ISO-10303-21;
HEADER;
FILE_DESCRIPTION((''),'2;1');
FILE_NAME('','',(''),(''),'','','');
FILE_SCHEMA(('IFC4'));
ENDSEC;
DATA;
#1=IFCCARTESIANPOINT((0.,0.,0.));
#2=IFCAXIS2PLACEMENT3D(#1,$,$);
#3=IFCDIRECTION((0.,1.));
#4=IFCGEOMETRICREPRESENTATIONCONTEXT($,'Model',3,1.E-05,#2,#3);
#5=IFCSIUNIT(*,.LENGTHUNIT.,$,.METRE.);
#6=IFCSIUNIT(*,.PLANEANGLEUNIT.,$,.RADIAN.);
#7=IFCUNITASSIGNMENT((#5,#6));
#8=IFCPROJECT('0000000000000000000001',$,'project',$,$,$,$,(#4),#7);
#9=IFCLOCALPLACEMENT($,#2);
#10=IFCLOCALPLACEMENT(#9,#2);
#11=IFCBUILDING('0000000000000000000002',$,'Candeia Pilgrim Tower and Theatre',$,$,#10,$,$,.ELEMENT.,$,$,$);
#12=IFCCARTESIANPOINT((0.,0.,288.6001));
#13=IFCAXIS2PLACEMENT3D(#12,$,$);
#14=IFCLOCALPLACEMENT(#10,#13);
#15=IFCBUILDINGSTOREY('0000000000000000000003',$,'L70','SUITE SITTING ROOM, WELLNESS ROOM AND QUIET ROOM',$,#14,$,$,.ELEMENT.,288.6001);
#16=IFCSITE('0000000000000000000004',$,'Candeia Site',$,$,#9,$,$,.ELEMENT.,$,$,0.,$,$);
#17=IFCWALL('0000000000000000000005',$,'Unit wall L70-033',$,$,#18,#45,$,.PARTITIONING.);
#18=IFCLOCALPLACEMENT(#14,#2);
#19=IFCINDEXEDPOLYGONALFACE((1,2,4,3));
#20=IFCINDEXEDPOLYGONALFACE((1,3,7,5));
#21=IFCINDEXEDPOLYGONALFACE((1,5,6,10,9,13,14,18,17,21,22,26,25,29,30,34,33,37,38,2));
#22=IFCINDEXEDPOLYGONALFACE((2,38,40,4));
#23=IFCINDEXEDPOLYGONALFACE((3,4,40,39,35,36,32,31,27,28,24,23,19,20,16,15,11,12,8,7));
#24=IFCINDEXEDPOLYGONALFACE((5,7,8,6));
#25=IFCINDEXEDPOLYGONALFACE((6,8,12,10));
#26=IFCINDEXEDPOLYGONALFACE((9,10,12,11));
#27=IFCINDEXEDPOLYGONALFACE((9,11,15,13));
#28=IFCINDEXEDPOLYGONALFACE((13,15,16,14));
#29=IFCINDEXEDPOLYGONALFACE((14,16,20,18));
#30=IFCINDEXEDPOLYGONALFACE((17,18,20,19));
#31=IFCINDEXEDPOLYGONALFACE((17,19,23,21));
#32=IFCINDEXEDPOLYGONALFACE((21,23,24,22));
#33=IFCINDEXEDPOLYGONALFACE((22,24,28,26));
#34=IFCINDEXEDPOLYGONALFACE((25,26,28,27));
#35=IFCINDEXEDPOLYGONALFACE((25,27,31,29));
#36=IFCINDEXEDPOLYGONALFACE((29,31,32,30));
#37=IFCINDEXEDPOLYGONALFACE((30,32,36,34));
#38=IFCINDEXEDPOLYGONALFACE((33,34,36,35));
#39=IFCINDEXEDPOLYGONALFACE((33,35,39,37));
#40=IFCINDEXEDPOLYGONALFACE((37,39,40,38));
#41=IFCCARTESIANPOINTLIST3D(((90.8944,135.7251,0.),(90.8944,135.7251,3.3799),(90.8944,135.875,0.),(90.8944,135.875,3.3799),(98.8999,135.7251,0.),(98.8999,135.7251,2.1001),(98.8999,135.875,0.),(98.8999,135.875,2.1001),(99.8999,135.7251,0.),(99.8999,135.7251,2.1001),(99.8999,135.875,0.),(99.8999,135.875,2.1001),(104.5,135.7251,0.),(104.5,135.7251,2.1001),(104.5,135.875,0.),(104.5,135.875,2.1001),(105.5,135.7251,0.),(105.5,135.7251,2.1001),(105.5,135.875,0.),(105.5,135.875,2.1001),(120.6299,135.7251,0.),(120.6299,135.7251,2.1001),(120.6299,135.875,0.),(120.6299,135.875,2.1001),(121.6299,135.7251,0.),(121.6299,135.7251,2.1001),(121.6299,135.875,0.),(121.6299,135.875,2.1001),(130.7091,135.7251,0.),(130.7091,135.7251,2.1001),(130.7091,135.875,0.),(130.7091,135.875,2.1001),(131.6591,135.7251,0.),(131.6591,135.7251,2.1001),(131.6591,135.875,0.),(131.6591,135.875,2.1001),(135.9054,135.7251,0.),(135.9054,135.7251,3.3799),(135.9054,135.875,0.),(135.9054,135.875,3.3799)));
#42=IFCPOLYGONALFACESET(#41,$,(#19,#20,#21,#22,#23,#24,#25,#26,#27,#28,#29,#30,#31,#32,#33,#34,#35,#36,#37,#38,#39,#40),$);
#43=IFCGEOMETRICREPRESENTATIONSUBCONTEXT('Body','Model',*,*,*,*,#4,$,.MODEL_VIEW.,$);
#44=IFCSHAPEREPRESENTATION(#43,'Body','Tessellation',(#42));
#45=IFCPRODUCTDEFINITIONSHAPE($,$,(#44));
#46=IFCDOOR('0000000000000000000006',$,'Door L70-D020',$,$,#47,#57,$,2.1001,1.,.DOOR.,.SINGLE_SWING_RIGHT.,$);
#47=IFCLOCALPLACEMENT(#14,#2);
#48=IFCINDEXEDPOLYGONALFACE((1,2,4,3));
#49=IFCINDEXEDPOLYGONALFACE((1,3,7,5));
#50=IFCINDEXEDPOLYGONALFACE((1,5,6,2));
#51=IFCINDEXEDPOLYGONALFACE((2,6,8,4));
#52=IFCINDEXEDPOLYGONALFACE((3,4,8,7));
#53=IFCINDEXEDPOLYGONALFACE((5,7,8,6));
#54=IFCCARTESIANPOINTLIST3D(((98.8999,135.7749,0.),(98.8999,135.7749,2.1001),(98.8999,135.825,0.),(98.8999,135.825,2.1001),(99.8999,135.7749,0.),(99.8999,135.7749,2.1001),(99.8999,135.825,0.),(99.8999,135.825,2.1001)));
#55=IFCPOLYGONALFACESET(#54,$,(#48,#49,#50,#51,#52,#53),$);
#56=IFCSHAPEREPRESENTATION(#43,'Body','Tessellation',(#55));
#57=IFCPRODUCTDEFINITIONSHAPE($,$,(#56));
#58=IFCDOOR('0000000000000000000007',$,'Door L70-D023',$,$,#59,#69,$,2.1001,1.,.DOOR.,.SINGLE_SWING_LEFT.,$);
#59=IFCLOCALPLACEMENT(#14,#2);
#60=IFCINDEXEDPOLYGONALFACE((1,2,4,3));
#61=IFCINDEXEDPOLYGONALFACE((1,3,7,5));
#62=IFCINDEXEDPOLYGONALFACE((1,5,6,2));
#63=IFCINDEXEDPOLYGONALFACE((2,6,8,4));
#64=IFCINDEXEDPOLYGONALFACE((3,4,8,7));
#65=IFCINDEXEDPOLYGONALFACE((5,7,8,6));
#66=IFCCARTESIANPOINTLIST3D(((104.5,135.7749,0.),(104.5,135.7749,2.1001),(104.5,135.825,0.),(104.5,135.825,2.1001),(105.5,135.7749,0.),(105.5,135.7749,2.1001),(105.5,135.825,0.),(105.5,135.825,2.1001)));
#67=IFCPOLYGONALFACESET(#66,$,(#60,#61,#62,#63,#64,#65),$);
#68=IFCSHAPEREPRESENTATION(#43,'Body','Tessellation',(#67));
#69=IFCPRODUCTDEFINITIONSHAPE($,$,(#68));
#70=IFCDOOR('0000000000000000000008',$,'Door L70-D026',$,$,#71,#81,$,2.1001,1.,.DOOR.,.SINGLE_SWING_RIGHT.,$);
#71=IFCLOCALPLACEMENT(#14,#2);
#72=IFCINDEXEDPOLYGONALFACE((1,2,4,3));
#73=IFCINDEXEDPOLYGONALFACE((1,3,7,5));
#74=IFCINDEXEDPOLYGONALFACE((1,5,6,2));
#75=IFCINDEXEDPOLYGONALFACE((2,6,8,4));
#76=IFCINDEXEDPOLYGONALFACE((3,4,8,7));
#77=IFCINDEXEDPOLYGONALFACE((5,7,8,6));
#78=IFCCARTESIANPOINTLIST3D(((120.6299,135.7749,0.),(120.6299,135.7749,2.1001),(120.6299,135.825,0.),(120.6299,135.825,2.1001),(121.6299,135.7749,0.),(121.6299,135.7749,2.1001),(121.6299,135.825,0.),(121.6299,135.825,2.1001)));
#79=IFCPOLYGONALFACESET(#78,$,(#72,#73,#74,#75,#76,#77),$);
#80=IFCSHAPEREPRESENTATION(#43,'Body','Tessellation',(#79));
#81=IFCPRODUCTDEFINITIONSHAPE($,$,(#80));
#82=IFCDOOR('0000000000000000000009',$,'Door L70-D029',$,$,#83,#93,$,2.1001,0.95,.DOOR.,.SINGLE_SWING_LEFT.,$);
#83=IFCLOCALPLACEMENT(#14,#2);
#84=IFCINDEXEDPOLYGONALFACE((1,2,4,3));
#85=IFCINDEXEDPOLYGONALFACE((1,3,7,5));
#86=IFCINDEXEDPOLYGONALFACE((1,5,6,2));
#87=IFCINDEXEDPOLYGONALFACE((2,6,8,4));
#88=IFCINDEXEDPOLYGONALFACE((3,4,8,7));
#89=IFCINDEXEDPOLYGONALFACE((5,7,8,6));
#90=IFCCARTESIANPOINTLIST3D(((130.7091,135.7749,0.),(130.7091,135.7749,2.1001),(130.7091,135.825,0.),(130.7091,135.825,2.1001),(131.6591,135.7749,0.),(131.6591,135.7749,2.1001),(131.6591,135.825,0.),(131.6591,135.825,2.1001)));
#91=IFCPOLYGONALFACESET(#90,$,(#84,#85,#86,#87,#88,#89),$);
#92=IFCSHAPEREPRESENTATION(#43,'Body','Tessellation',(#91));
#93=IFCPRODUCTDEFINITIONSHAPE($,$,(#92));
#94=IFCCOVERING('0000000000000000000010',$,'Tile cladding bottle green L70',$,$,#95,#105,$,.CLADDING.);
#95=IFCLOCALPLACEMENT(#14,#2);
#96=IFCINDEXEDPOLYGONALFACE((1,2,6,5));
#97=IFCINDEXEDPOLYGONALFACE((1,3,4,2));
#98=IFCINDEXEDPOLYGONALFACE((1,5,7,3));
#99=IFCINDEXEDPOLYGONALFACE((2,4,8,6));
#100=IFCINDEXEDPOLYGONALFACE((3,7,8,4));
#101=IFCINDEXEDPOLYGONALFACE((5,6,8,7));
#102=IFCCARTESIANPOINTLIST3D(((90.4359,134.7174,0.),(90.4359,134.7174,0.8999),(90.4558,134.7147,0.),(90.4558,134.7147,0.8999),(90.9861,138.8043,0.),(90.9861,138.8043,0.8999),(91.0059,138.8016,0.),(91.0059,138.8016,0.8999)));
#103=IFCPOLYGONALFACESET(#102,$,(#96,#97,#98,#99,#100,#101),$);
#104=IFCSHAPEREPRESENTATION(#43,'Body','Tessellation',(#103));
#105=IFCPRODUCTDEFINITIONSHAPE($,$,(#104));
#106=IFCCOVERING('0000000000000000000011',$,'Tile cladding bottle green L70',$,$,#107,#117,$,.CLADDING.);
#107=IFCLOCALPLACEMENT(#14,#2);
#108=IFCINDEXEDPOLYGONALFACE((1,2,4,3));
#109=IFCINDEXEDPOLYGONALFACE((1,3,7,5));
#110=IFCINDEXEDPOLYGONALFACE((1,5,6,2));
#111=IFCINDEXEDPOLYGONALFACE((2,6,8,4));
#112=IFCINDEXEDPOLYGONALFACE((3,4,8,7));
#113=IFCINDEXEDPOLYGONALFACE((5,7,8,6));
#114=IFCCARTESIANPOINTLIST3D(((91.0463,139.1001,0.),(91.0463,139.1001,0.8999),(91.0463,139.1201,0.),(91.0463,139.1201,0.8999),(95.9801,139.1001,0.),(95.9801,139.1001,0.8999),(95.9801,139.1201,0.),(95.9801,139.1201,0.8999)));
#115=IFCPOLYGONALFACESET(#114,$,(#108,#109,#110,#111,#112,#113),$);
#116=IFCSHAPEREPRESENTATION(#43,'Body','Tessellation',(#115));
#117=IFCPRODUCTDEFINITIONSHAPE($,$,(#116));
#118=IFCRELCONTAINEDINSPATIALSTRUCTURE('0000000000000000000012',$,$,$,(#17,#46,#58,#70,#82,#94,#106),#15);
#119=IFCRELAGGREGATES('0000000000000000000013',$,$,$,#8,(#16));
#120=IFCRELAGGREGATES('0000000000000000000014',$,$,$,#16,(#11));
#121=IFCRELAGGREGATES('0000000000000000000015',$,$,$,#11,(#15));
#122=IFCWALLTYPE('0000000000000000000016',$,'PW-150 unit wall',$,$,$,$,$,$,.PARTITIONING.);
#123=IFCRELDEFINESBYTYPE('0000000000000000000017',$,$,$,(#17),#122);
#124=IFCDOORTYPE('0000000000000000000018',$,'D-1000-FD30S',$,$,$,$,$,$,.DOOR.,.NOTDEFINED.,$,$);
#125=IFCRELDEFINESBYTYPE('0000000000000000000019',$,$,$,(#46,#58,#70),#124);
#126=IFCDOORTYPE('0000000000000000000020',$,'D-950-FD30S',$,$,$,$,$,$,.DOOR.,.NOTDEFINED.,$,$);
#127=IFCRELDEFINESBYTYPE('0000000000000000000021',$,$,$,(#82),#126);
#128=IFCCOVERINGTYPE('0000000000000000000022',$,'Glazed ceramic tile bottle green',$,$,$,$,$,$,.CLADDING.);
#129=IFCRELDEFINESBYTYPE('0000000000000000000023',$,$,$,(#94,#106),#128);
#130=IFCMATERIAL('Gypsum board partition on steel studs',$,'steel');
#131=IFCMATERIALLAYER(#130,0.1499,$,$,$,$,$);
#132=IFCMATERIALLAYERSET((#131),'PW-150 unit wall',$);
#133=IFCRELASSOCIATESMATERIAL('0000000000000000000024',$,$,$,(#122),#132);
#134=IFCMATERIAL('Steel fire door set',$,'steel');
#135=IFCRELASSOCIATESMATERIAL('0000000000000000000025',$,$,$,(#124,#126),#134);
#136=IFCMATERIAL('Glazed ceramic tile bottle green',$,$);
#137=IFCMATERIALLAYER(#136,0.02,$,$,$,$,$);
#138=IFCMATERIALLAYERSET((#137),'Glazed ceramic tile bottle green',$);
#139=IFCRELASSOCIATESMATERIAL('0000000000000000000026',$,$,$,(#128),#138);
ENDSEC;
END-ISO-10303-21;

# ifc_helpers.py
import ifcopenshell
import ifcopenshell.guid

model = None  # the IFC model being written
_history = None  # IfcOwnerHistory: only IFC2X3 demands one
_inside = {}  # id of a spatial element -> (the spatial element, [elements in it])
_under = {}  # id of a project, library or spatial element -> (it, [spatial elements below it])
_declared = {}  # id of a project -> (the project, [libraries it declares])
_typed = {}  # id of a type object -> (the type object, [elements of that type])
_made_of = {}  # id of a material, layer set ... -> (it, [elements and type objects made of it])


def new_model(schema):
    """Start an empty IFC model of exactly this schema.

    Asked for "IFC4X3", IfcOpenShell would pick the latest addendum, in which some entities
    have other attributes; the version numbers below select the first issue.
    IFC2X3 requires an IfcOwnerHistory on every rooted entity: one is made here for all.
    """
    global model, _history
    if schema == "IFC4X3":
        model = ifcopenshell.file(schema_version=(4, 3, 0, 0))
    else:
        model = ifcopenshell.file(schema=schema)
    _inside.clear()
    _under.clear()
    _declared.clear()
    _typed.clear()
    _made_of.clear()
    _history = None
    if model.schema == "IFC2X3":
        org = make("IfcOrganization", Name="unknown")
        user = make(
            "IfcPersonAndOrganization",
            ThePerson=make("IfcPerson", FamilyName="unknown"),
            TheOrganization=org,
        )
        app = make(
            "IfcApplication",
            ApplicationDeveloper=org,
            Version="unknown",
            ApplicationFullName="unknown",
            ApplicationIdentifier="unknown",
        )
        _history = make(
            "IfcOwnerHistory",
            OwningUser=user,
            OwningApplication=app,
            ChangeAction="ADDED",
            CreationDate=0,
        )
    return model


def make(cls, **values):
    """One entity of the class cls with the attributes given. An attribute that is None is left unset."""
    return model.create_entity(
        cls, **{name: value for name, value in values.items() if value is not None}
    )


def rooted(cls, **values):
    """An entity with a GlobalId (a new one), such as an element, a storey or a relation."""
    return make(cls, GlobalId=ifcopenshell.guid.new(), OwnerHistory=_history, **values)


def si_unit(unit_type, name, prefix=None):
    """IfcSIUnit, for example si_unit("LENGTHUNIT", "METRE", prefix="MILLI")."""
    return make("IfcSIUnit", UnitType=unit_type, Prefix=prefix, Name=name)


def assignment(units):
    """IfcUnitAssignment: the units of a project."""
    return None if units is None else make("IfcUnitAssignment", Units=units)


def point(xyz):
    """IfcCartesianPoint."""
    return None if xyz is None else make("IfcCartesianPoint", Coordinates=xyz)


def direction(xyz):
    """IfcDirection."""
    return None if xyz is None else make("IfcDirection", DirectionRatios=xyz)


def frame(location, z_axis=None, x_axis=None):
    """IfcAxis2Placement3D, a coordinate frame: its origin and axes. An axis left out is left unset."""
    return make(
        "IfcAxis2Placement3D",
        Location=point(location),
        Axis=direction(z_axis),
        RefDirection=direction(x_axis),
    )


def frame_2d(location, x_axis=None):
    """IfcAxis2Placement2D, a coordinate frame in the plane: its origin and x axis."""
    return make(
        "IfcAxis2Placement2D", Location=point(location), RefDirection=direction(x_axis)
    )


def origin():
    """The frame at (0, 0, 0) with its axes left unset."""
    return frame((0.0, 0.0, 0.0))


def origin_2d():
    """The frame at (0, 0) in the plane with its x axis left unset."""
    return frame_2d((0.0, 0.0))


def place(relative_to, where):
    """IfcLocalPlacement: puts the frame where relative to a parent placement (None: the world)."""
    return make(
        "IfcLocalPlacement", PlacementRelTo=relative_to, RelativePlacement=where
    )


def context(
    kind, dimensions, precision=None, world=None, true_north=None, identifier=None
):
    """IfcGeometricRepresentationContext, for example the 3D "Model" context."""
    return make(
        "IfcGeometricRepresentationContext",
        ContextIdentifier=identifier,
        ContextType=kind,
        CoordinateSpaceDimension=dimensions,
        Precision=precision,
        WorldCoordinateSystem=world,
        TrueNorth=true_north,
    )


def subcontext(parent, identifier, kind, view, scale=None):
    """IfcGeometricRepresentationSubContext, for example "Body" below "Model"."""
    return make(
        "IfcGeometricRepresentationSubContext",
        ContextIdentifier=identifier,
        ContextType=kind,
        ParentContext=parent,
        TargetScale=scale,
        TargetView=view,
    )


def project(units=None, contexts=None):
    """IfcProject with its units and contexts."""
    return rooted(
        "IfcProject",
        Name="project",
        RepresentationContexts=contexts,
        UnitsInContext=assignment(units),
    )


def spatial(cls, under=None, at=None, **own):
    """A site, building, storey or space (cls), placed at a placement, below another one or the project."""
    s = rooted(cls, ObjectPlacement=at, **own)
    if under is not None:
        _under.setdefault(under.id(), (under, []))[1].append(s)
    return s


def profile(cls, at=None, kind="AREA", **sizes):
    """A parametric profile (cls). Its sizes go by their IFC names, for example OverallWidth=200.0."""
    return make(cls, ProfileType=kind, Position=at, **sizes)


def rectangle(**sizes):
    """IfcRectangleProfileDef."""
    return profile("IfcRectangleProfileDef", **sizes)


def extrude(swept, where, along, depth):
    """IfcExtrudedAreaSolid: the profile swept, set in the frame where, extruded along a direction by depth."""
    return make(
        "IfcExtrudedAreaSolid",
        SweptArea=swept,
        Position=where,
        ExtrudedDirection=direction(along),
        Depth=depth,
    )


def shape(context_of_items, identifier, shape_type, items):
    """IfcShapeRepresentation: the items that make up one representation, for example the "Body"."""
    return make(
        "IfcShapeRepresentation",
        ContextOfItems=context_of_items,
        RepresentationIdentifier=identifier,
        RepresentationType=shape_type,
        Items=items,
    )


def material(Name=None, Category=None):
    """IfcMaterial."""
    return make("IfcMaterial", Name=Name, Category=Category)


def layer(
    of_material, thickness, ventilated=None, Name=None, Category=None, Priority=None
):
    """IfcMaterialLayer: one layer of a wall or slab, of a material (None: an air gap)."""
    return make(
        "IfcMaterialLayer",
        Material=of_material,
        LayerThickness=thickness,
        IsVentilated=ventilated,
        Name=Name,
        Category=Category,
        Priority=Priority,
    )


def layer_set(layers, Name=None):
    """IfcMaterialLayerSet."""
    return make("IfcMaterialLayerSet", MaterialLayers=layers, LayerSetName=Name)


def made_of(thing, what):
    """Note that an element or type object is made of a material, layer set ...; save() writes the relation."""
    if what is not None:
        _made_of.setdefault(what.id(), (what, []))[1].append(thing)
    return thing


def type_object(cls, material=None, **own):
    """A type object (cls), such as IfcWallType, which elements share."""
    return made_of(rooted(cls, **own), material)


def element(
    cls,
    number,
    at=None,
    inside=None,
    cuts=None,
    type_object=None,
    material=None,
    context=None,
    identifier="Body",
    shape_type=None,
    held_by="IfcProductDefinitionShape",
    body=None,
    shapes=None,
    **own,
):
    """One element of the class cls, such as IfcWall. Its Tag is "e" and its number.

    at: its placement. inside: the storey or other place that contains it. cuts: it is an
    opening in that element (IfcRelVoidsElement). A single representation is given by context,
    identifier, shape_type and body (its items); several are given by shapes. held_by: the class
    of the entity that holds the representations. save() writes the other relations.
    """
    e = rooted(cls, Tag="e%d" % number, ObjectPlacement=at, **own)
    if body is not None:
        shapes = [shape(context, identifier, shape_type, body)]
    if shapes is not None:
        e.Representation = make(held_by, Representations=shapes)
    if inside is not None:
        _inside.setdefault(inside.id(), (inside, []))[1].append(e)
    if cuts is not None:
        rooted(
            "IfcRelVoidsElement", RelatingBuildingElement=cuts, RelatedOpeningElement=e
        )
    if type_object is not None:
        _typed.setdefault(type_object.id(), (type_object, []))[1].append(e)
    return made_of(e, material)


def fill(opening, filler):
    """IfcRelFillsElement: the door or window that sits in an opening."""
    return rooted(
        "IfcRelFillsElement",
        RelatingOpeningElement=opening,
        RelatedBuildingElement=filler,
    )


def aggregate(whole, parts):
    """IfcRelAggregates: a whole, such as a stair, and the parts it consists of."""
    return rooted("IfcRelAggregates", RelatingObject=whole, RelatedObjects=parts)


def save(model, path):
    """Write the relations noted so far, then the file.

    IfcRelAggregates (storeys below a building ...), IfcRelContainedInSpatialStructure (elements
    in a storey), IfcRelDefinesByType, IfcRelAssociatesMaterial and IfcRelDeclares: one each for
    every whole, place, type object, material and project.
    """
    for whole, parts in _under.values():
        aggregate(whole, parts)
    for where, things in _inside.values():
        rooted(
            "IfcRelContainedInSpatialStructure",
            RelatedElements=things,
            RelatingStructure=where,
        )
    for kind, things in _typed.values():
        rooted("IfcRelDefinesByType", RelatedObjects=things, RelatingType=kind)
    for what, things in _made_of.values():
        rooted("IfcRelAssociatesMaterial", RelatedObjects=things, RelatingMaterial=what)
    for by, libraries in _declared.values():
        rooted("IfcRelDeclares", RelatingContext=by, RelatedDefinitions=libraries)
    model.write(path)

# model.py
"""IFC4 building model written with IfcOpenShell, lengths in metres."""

from ifc_helpers import new_model, si_unit, direction, frame, frame_2d, origin, origin_2d, place, context, subcontext, project, spatial, rectangle, extrude, material, layer, layer_set, type_object, element, fill, save


model = new_model("IFC4")

# Units and contexts
model_context = context("Model", 3, precision=1e-05, world=origin(), true_north=direction((0.0, 1.0)))
body_context = subcontext(model_context, "Body", "Model", "MODEL_VIEW")
ifc_project = project(units=[si_unit("LENGTHUNIT", "METRE"), si_unit("PLANEANGLEUNIT", "RADIAN")], contexts=[model_context])

# Site, building, storey
site_placement = place(None, origin())
site = spatial("IfcSite", under=ifc_project, at=site_placement, Name="Candeia Site", CompositionType="ELEMENT", RefElevation=0.0)
building_placement = place(site_placement, origin())
building = spatial("IfcBuilding", under=site, at=building_placement, Name="Candeia Pilgrim Tower and Theatre", CompositionType="ELEMENT")
storey_placement = place(building_placement, frame((0.0, 0.0, 288.6001)))
storey = spatial("IfcBuildingStorey", under=building, at=storey_placement, Name="L70", Description="SUITE SITTING ROOM, WELLNESS ROOM AND QUIET ROOM", CompositionType="ELEMENT", Elevation=288.6001)

# Shared definitions
ifc_material_1 = material(Name="Gypsum board partition on steel studs", Category="steel")

# Wall, openings, doors
ifc_layer_1 = layer(ifc_material_1, 0.1499)
ifc_layer_set_1 = layer_set([ifc_layer_1], Name="PW-150 unit wall")
wall_type_1 = type_object("IfcWallType", Name="PW-150 unit wall", PredefinedType="PARTITIONING", material=ifc_layer_set_1)
wall_1_placement = place(storey_placement, frame((90.8945, 135.8, 0.0), z_axis=(0.0, 0.0, 1.0), x_axis=(1.0, 0.0, 0.0)))
wall_1 = element("IfcWall", 1, at=wall_1_placement, inside=storey, type_object=wall_type_1, Name="Unit wall L70-033", PredefinedType="PARTITIONING", context=body_context, shape_type="SweptSolid", body=[
    extrude(rectangle(XDim=45.011, YDim=0.1499, at=frame_2d((22.5054, 0.0))), origin(), (0.0, 0.0, 1.0), 3.3799),
])
opening_1_placement = place(wall_1_placement, frame((8.0054, 0.0, 0.0)))
opening_1 = element("IfcOpeningElement", 2, at=opening_1_placement, cuts=wall_1, PredefinedType="OPENING", context=body_context, shape_type="SweptSolid", body=[
    extrude(rectangle(XDim=1.0, YDim=2.1001, at=frame_2d((0.5, 1.05))), frame((0.0, 0.085, 0.0), z_axis=(0.0, -1.0, 0.0), x_axis=(1.0, 0.0, 0.0)), (0.0, 0.0, 1.0), 0.1699),
])
opening_2_placement = place(wall_1_placement, frame((13.6055, 0.0, 0.0)))
opening_2 = element("IfcOpeningElement", 3, at=opening_2_placement, cuts=wall_1, PredefinedType="OPENING", context=body_context, shape_type="SweptSolid", body=[
    extrude(rectangle(XDim=1.0, YDim=2.1001, at=frame_2d((0.5, 1.05))), frame((0.0, 0.085, 0.0), z_axis=(0.0, -1.0, 0.0), x_axis=(1.0, 0.0, 0.0)), (0.0, 0.0, 1.0), 0.1699),
])
opening_3_placement = place(wall_1_placement, frame((29.7354, 0.0, 0.0)))
opening_3 = element("IfcOpeningElement", 4, at=opening_3_placement, cuts=wall_1, PredefinedType="OPENING", context=body_context, shape_type="SweptSolid", body=[
    extrude(rectangle(XDim=1.0, YDim=2.1001, at=frame_2d((0.5, 1.05))), frame((0.0, 0.085, 0.0), z_axis=(0.0, -1.0, 0.0), x_axis=(1.0, 0.0, 0.0)), (0.0, 0.0, 1.0), 0.1699),
])
opening_4_placement = place(wall_1_placement, frame((39.8145, 0.0, 0.0)))
opening_4 = element("IfcOpeningElement", 5, at=opening_4_placement, cuts=wall_1, PredefinedType="OPENING", context=body_context, shape_type="SweptSolid", body=[
    extrude(rectangle(XDim=0.95, YDim=2.1001, at=frame_2d((0.4751, 1.05))), frame((0.0, 0.085, 0.0), z_axis=(0.0, -1.0, 0.0), x_axis=(1.0, 0.0, 0.0)), (0.0, 0.0, 1.0), 0.1699),
])
ifc_material_2 = material(Name="Steel fire door set", Category="steel")
door_type_1 = type_object("IfcDoorType", Name="D-1000-FD30S", OperationType="NOTDEFINED", PredefinedType="DOOR", material=ifc_material_2)
door_1_placement = place(opening_1_placement, origin())
door_1 = element("IfcDoor", 6, at=door_1_placement, inside=storey, type_object=door_type_1, Name="Door L70-D020", OperationType="SINGLE_SWING_RIGHT", OverallHeight=2.1001, OverallWidth=1.0, PredefinedType="DOOR", context=body_context, shape_type="SweptSolid", body=[
    extrude(rectangle(XDim=1.0, YDim=2.1001, at=frame_2d((0.5, 1.05))), frame((0.0, 0.0249, 0.0), z_axis=(0.0, -1.0, 0.0), x_axis=(1.0, 0.0, 0.0)), (0.0, 0.0, 1.0), 0.05),
])
fill(opening_1, door_1)
door_2_placement = place(opening_2_placement, origin())
door_2 = element("IfcDoor", 7, at=door_2_placement, inside=storey, type_object=door_type_1, Name="Door L70-D023", OperationType="SINGLE_SWING_LEFT", OverallHeight=2.1001, OverallWidth=1.0, PredefinedType="DOOR", context=body_context, shape_type="SweptSolid", body=[
    extrude(rectangle(XDim=1.0, YDim=2.1001, at=frame_2d((0.5, 1.05))), frame((0.0, 0.0249, 0.0), z_axis=(0.0, -1.0, 0.0), x_axis=(1.0, 0.0, 0.0)), (0.0, 0.0, 1.0), 0.05),
])
fill(opening_2, door_2)
door_3_placement = place(opening_3_placement, origin())
door_3 = element("IfcDoor", 8, at=door_3_placement, inside=storey, type_object=door_type_1, Name="Door L70-D026", OperationType="SINGLE_SWING_RIGHT", OverallHeight=2.1001, OverallWidth=1.0, PredefinedType="DOOR", context=body_context, shape_type="SweptSolid", body=[
    extrude(rectangle(XDim=1.0, YDim=2.1001, at=frame_2d((0.5, 1.05))), frame((0.0, 0.0249, 0.0), z_axis=(0.0, -1.0, 0.0), x_axis=(1.0, 0.0, 0.0)), (0.0, 0.0, 1.0), 0.05),
])
fill(opening_3, door_3)
door_type_2 = type_object("IfcDoorType", Name="D-950-FD30S", OperationType="NOTDEFINED", PredefinedType="DOOR", material=ifc_material_2)
door_4_placement = place(opening_4_placement, origin())
door_4 = element("IfcDoor", 9, at=door_4_placement, inside=storey, type_object=door_type_2, Name="Door L70-D029", OperationType="SINGLE_SWING_LEFT", OverallHeight=2.1001, OverallWidth=0.95, PredefinedType="DOOR", context=body_context, shape_type="SweptSolid", body=[
    extrude(rectangle(XDim=0.95, YDim=2.1001, at=frame_2d((0.4751, 1.05))), frame((0.0, 0.0249, 0.0), z_axis=(0.0, -1.0, 0.0), x_axis=(1.0, 0.0, 0.0)), (0.0, 0.0, 1.0), 0.05),
])
fill(opening_4, door_4)

# Coverings
ifc_material_3 = material(Name="Glazed ceramic tile bottle green")
ifc_layer_2 = layer(ifc_material_3, 0.02)
ifc_layer_set_2 = layer_set([ifc_layer_2], Name="Glazed ceramic tile bottle green")
covering_type = type_object("IfcCoveringType", Name="Glazed ceramic tile bottle green", PredefinedType="CLADDING", material=ifc_layer_set_2)
covering_1_placement = place(storey_placement, frame((90.7209, 136.7595, 0.0), z_axis=(0.0, 0.0, 1.0), x_axis=(-0.133412, -0.991061, 0.0)))
element("IfcCovering", 10, at=covering_1_placement, inside=storey, type_object=covering_type, Name="Tile cladding bottle green L70", PredefinedType="CLADDING", context=body_context, shape_type="SweptSolid", body=[
    extrude(rectangle(XDim=4.1238, YDim=0.02, at=origin_2d()), origin(), (0.0, 0.0, 1.0), 0.8999),
])
covering_2_placement = place(storey_placement, frame((93.5132, 139.1101, 0.0), z_axis=(0.0, 0.0, 1.0), x_axis=(-1.0, 0.0, 0.0)))
element("IfcCovering", 11, at=covering_2_placement, inside=storey, type_object=covering_type, Name="Tile cladding bottle green L70", PredefinedType="CLADDING", context=body_context, shape_type="SweptSolid", body=[
    extrude(rectangle(XDim=4.9338, YDim=0.02, at=origin_2d()), origin(), (0.0, 0.0, 1.0), 0.8999),
])

save(model, "model.ifc")
